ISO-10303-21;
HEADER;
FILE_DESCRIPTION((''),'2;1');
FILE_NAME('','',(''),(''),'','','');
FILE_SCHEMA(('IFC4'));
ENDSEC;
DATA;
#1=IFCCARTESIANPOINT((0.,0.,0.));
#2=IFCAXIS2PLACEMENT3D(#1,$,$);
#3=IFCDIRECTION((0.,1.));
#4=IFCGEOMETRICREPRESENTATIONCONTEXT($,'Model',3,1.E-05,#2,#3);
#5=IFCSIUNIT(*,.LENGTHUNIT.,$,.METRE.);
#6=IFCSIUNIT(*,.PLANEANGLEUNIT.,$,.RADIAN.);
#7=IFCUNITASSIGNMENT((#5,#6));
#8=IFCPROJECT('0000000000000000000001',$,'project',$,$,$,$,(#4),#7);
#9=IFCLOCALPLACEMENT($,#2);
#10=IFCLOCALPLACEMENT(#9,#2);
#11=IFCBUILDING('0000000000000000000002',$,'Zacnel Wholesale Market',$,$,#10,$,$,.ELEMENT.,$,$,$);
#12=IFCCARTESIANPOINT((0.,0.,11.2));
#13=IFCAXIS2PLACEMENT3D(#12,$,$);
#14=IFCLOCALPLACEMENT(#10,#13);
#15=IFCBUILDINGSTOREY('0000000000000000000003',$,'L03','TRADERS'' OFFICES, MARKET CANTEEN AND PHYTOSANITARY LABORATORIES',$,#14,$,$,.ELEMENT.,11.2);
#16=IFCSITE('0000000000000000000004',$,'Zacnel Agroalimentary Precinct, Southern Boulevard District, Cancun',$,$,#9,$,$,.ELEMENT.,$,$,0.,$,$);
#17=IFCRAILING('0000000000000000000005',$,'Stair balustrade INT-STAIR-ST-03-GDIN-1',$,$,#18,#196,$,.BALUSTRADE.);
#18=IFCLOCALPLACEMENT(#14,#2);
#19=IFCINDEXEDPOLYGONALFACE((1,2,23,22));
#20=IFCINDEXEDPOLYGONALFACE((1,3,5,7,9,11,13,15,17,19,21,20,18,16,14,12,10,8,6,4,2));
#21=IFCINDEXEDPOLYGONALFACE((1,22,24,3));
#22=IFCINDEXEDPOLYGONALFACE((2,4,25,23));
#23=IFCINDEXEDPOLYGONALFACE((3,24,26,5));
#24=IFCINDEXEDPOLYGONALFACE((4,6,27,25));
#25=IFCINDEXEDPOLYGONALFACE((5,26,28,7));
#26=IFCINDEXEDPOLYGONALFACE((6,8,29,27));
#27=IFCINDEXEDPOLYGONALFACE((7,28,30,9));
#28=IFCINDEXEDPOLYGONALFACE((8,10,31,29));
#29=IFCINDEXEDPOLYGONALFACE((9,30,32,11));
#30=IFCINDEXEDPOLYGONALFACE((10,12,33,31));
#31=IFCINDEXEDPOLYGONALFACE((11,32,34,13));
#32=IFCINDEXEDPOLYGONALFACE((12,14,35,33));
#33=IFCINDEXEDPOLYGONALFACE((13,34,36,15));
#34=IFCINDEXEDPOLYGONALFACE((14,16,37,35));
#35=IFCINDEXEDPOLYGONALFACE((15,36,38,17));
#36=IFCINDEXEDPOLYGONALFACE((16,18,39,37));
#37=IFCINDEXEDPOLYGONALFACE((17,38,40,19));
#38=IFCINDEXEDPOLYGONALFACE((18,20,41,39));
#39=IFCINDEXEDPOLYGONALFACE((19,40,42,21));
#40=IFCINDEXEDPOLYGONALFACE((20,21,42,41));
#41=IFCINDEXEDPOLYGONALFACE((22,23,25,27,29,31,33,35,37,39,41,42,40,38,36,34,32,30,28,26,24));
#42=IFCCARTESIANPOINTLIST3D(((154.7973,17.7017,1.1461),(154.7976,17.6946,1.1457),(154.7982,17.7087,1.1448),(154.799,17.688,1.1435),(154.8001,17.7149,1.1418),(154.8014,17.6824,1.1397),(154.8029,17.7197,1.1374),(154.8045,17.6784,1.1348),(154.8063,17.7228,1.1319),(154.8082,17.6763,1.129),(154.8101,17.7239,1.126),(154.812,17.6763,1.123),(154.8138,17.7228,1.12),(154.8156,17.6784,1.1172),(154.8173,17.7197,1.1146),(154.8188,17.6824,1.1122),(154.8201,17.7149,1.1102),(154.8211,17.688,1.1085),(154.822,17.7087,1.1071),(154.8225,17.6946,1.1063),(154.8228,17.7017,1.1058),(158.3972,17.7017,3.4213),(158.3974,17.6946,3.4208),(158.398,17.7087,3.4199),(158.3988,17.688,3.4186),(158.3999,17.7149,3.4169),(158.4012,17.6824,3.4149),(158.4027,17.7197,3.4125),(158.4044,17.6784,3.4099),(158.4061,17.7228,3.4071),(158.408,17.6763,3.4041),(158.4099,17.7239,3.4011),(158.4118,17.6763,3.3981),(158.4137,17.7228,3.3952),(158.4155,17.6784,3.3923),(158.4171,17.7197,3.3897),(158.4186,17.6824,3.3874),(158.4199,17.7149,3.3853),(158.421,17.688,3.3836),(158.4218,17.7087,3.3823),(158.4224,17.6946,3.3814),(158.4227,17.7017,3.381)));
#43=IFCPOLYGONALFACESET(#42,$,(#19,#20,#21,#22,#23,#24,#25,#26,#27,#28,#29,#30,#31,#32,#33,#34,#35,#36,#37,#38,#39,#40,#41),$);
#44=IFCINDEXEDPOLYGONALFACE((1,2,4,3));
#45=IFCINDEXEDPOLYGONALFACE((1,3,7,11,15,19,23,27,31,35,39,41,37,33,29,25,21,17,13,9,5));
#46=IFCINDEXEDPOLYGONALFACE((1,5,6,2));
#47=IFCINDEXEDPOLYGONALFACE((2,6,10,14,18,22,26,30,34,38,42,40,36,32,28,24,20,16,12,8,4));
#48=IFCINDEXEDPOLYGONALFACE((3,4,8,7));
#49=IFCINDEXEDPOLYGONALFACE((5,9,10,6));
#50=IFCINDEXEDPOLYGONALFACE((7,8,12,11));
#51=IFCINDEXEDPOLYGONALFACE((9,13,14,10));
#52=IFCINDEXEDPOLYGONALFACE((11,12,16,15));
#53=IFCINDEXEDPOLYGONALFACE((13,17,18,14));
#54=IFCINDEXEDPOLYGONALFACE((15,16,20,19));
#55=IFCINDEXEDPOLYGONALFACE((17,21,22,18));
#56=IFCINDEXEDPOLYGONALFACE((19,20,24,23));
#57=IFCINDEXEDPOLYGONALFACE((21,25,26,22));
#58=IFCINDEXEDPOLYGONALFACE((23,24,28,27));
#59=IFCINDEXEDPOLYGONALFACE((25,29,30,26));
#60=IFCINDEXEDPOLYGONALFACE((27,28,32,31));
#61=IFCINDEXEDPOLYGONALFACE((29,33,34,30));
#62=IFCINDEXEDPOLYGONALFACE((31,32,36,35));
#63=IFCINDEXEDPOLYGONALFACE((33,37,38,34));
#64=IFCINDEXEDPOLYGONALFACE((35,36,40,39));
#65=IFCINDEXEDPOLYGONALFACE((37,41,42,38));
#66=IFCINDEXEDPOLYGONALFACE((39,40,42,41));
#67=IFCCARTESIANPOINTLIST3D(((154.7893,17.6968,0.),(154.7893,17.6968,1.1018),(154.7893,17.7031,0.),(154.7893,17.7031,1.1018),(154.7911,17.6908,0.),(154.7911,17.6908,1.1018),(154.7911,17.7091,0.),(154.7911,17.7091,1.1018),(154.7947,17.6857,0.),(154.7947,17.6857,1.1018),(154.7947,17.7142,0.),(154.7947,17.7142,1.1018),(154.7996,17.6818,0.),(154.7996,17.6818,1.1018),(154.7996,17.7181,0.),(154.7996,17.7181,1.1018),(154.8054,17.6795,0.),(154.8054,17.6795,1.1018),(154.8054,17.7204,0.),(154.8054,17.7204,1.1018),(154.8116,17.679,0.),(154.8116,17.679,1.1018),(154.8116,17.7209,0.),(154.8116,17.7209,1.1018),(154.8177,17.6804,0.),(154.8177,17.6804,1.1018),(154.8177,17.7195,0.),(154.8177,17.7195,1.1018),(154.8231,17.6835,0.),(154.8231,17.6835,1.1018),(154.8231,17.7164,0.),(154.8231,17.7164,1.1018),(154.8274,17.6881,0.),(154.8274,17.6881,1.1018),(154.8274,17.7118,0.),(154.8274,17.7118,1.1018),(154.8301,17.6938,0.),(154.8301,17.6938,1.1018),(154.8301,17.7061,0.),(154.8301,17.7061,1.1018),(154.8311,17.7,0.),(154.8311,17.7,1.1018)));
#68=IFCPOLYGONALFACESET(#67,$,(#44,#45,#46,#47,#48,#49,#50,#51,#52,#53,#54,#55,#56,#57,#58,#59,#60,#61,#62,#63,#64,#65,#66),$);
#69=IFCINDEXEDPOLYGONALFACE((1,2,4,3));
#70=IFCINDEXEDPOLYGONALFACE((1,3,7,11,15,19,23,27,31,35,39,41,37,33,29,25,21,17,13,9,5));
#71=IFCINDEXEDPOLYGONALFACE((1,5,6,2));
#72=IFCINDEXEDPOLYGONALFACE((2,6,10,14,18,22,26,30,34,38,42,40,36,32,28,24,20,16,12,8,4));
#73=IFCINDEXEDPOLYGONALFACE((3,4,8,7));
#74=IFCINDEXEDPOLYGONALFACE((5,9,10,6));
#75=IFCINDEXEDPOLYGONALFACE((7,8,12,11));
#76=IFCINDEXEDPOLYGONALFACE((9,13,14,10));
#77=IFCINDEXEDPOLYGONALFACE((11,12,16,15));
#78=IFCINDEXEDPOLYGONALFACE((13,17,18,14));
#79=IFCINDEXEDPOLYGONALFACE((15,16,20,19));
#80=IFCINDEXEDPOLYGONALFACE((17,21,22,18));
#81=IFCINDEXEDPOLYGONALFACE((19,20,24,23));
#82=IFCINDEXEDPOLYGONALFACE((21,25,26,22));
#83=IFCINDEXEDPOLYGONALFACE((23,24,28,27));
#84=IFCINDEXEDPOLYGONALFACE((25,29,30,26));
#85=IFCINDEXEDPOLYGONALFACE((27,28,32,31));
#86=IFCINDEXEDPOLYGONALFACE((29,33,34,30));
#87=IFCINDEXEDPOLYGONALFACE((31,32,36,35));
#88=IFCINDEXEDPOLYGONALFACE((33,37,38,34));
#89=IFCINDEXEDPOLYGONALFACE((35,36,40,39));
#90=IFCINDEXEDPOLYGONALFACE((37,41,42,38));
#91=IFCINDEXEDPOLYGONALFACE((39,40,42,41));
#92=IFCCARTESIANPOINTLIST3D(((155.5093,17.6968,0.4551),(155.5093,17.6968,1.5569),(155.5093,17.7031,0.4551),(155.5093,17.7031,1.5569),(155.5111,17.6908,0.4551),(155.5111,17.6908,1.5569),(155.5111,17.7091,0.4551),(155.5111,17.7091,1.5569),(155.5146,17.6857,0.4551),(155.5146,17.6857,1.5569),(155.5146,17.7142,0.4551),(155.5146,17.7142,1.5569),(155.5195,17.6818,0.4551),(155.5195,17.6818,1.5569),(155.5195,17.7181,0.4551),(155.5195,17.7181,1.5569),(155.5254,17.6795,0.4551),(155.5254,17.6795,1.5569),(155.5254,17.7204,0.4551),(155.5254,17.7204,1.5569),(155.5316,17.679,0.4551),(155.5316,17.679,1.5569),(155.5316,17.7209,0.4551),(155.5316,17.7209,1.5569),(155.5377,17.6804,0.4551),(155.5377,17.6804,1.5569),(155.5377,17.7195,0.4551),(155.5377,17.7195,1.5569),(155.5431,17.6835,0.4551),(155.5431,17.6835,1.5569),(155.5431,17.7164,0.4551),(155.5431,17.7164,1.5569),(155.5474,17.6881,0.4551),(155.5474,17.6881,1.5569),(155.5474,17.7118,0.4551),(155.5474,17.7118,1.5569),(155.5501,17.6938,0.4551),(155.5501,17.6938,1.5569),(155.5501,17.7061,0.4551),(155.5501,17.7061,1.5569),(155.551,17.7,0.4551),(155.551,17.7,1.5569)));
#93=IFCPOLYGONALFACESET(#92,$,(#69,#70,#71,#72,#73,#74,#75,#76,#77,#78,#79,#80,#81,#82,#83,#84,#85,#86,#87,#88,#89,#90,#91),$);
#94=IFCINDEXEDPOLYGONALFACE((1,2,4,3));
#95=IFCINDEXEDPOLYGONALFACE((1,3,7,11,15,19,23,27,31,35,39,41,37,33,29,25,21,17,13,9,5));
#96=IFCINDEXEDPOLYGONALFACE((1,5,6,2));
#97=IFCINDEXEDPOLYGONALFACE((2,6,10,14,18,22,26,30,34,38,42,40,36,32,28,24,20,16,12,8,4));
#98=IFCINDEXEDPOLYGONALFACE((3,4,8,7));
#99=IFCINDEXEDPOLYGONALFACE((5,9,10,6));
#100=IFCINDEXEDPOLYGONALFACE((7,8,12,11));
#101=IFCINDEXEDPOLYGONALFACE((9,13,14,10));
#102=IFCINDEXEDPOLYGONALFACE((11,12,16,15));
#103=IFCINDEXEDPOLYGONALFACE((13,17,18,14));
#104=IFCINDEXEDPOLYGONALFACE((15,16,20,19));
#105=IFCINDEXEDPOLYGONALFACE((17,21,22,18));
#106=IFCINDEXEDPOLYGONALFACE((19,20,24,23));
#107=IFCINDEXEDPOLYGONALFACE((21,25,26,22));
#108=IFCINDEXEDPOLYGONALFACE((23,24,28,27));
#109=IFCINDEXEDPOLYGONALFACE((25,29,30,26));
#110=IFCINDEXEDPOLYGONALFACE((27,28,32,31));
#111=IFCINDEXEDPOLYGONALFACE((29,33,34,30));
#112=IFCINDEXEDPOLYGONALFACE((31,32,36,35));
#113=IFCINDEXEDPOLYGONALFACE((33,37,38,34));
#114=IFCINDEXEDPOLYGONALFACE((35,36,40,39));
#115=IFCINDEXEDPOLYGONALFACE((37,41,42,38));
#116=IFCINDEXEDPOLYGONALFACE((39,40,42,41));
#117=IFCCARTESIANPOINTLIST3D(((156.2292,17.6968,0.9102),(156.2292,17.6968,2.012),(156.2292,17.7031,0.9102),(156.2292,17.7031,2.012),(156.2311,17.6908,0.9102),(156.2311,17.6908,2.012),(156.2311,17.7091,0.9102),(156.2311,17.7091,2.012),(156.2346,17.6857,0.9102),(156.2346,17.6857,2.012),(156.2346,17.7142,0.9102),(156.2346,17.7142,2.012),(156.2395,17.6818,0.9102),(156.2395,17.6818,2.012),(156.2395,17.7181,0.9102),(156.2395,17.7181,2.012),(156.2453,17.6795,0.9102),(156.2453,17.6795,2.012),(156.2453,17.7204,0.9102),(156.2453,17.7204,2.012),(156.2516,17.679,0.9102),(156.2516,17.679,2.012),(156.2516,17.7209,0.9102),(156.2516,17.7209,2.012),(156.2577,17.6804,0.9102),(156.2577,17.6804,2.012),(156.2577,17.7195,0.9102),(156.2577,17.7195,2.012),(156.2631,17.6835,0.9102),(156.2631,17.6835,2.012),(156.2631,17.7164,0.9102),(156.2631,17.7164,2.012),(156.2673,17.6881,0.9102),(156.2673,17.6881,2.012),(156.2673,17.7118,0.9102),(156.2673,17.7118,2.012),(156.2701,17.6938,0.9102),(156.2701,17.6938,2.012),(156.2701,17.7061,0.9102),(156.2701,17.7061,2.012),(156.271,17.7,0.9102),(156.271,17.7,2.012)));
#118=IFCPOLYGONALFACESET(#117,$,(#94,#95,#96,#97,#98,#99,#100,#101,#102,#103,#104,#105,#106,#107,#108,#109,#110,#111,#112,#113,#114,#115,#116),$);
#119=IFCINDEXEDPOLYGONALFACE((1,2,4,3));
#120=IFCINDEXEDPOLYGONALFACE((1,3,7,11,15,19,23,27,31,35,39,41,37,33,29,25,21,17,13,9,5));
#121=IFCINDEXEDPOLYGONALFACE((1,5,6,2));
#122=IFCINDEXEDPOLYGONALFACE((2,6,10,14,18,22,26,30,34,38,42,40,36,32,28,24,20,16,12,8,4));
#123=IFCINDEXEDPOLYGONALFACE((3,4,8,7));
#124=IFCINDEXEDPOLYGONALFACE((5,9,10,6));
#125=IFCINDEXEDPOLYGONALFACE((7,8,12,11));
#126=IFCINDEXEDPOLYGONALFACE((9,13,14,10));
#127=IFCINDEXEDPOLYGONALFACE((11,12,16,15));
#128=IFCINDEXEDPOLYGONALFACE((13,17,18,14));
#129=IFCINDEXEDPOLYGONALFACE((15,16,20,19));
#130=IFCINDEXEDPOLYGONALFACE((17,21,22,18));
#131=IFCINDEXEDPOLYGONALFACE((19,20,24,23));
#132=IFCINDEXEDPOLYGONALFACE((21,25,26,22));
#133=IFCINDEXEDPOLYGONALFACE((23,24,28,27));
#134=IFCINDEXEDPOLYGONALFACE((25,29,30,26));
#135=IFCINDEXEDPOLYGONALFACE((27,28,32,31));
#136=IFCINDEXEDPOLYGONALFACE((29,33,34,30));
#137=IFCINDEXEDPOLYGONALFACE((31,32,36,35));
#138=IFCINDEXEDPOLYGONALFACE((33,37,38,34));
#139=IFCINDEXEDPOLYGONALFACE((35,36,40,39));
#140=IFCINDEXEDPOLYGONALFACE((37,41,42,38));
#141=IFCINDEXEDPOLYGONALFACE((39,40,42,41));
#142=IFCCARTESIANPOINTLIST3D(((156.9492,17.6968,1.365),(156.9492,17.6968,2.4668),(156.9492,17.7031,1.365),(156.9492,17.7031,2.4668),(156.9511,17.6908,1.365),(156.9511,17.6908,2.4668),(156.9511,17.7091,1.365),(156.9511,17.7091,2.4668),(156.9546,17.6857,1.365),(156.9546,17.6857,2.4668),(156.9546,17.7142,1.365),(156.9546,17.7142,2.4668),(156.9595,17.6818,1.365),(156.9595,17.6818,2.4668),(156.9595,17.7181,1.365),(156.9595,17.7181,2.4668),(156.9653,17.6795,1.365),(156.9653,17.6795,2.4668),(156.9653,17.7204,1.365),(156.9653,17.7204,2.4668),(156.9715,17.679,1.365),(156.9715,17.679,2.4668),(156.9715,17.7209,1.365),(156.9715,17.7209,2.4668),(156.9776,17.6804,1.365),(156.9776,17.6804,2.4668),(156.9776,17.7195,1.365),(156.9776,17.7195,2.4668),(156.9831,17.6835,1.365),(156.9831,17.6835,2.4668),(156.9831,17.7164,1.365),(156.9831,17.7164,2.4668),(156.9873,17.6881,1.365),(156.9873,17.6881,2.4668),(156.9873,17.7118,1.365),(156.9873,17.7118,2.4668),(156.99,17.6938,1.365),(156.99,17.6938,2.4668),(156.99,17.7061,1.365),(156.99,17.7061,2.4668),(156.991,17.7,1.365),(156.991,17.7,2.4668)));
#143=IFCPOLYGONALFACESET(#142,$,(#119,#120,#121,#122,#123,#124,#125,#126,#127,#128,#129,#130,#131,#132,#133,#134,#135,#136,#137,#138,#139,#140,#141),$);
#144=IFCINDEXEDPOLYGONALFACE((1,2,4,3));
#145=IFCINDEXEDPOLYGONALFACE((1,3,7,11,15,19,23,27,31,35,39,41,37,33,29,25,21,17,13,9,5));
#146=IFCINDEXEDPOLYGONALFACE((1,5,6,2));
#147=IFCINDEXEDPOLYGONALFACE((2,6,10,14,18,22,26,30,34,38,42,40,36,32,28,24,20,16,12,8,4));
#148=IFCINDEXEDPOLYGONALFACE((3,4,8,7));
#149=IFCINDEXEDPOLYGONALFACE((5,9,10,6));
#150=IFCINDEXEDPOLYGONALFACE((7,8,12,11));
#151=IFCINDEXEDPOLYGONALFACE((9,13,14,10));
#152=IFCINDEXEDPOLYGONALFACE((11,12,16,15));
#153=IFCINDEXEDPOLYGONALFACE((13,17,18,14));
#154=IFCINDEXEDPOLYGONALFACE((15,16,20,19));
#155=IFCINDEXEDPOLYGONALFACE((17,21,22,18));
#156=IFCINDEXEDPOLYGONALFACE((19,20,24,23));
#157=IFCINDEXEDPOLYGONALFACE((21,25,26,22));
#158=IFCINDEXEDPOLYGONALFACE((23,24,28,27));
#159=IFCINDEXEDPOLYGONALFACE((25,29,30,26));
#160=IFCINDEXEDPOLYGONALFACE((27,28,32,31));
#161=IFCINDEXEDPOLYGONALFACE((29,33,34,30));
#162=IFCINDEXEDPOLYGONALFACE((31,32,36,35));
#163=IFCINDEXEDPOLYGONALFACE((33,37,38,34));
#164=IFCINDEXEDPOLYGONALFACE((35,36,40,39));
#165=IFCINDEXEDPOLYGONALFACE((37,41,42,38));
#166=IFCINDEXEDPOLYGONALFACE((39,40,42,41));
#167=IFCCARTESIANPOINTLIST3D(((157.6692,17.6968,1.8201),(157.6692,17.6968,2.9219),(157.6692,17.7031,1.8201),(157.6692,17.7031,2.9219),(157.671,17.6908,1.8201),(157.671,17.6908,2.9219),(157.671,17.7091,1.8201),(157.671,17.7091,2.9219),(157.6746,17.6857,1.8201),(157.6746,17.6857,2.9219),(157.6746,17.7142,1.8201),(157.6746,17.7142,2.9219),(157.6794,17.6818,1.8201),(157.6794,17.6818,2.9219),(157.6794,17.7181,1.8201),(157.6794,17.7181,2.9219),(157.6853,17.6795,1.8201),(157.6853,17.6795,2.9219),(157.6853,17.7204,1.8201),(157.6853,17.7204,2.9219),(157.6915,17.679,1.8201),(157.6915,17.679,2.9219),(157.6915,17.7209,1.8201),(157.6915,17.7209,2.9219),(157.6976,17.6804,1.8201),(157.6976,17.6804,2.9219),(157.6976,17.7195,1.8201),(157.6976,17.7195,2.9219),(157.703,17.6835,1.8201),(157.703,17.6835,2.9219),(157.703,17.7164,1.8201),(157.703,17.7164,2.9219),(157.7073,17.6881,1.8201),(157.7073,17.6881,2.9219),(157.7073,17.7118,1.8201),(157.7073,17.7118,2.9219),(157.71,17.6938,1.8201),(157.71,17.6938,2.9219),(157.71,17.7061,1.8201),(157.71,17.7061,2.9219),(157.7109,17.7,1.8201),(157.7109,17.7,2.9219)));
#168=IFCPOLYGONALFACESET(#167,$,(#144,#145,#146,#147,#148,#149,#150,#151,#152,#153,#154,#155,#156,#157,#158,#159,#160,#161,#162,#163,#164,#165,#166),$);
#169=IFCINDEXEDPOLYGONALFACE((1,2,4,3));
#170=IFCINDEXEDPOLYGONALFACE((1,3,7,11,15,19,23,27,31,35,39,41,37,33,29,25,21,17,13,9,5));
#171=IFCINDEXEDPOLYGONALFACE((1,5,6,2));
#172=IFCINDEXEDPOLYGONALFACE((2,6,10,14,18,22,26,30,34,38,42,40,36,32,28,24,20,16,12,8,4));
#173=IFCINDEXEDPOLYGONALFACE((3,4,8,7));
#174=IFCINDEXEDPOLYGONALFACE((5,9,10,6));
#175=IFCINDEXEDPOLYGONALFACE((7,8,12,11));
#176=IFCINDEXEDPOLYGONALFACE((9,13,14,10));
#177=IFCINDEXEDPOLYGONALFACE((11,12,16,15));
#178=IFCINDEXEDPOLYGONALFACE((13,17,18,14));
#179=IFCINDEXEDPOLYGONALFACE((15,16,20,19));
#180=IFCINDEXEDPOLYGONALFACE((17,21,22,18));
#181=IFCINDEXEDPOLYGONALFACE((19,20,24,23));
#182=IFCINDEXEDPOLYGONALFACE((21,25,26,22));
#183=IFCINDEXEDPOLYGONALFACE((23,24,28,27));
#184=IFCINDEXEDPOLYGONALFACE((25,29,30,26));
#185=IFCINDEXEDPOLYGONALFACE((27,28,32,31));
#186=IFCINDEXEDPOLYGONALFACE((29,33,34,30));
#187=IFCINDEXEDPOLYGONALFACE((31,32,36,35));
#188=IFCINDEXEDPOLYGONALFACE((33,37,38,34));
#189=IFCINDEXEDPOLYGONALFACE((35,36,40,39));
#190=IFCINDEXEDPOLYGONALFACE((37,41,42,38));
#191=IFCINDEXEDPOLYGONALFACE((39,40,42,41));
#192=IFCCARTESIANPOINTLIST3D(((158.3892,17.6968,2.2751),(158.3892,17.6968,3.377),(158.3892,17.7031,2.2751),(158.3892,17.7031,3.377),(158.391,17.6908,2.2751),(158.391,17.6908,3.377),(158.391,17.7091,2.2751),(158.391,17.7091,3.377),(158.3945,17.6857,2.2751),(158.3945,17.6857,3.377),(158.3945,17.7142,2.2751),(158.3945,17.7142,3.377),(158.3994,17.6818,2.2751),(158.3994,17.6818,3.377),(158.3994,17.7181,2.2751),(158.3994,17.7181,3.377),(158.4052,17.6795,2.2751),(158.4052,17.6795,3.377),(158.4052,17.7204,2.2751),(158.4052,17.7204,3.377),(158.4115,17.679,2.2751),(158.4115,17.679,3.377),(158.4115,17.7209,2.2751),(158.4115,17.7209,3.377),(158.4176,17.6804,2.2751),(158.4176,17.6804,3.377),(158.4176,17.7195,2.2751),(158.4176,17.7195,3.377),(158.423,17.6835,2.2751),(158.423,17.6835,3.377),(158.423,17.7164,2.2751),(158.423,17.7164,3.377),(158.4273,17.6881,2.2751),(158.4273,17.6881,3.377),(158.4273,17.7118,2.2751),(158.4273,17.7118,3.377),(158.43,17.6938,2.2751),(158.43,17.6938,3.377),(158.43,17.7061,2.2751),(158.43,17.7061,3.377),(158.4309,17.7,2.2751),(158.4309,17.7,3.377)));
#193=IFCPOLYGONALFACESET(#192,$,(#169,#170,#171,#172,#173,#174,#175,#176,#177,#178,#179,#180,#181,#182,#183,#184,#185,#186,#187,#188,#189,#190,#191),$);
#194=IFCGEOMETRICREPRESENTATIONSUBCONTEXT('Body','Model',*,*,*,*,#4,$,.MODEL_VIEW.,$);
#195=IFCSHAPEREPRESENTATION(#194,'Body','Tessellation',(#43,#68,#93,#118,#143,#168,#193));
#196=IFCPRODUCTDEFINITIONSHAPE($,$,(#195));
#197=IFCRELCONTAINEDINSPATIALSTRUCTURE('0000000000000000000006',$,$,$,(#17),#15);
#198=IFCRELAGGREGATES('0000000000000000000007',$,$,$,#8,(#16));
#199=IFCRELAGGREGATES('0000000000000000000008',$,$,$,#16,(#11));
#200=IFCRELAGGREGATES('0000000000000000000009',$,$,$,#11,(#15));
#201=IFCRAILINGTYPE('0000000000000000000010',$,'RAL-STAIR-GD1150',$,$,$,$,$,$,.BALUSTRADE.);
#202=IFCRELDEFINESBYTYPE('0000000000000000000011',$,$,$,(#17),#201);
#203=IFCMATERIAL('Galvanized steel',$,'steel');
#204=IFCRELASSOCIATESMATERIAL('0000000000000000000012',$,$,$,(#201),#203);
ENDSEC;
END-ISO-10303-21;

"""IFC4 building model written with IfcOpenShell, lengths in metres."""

from ifc_helpers import new_model, si_unit, direction, frame, origin, origin_2d, place, context, subcontext, project, spatial, circle, extrude, material, type_object, element, save


model = new_model("IFC4")

# Units and contexts
model_context = context("Model", 3, precision=1e-05, world=origin(), true_north=direction((0.0, 1.0)))
body_context = subcontext(model_context, "Body", "Model", "MODEL_VIEW")
ifc_project = project(units=[si_unit("LENGTHUNIT", "METRE"), si_unit("PLANEANGLEUNIT", "RADIAN")], contexts=[model_context])

# Site, building, storey
site_placement = place(None, origin())
site = spatial("IfcSite", under=ifc_project, at=site_placement, Name="Zacnel Agroalimentary Precinct, Southern Boulevard District, Cancun", CompositionType="ELEMENT", RefElevation=0.0)
building_placement = place(site_placement, origin())
building = spatial("IfcBuilding", under=site, at=building_placement, Name="Zacnel Wholesale Market", CompositionType="ELEMENT")
storey_placement = place(building_placement, frame((0.0, 0.0, 11.2)))
storey = spatial("IfcBuildingStorey", under=building, at=storey_placement, Name="L03", Description="TRADERS' OFFICES, MARKET CANTEEN AND PHYTOSANITARY LABORATORIES", CompositionType="ELEMENT", Elevation=11.2)

# Railing
ifc_material_1 = material(Name="Galvanized steel", Category="steel")
railing_type_1 = type_object("IfcRailingType", Name="RAL-STAIR-GD1150", PredefinedType="BALUSTRADE", material=ifc_material_1)
railing_1_placement = place(storey_placement, frame((154.8101, 17.7, 0.0)))
element("IfcRailing", 1, at=railing_1_placement, inside=storey, type_object=railing_type_1, Name="Stair balustrade INT-STAIR-ST-03-GDIN-1", PredefinedType="BALUSTRADE", context=body_context, shape_type="SweptSolid", body=[
    extrude(circle(Radius=0.0239, at=origin_2d()), frame((0.0, 0.0, 1.126), z_axis=(0.845324, 0.0, 0.534254), x_axis=(0.0, 1.0, 0.0)), (0.0, 0.0, 1.0), 4.2585),
    extrude(circle(Radius=0.021, at=origin_2d()), origin(), (0.0, 0.0, 1.0), 1.1018),
    extrude(circle(Radius=0.021, at=origin_2d()), frame((0.72, 0.0, 0.4551)), (0.0, 0.0, 1.0), 1.1018),
    extrude(circle(Radius=0.021, at=origin_2d()), frame((1.4399, 0.0, 0.9102)), (0.0, 0.0, 1.0), 1.1018),
    extrude(circle(Radius=0.021, at=origin_2d()), frame((2.1599, 0.0, 1.365)), (0.0, 0.0, 1.0), 1.1018),
    extrude(circle(Radius=0.021, at=origin_2d()), frame((2.8799, 0.0, 1.8201)), (0.0, 0.0, 1.0), 1.1018),
    extrude(circle(Radius=0.021, at=origin_2d()), frame((3.5999, 0.0, 2.2751)), (0.0, 0.0, 1.0), 1.1018),
])

save(model, "model.ifc")
